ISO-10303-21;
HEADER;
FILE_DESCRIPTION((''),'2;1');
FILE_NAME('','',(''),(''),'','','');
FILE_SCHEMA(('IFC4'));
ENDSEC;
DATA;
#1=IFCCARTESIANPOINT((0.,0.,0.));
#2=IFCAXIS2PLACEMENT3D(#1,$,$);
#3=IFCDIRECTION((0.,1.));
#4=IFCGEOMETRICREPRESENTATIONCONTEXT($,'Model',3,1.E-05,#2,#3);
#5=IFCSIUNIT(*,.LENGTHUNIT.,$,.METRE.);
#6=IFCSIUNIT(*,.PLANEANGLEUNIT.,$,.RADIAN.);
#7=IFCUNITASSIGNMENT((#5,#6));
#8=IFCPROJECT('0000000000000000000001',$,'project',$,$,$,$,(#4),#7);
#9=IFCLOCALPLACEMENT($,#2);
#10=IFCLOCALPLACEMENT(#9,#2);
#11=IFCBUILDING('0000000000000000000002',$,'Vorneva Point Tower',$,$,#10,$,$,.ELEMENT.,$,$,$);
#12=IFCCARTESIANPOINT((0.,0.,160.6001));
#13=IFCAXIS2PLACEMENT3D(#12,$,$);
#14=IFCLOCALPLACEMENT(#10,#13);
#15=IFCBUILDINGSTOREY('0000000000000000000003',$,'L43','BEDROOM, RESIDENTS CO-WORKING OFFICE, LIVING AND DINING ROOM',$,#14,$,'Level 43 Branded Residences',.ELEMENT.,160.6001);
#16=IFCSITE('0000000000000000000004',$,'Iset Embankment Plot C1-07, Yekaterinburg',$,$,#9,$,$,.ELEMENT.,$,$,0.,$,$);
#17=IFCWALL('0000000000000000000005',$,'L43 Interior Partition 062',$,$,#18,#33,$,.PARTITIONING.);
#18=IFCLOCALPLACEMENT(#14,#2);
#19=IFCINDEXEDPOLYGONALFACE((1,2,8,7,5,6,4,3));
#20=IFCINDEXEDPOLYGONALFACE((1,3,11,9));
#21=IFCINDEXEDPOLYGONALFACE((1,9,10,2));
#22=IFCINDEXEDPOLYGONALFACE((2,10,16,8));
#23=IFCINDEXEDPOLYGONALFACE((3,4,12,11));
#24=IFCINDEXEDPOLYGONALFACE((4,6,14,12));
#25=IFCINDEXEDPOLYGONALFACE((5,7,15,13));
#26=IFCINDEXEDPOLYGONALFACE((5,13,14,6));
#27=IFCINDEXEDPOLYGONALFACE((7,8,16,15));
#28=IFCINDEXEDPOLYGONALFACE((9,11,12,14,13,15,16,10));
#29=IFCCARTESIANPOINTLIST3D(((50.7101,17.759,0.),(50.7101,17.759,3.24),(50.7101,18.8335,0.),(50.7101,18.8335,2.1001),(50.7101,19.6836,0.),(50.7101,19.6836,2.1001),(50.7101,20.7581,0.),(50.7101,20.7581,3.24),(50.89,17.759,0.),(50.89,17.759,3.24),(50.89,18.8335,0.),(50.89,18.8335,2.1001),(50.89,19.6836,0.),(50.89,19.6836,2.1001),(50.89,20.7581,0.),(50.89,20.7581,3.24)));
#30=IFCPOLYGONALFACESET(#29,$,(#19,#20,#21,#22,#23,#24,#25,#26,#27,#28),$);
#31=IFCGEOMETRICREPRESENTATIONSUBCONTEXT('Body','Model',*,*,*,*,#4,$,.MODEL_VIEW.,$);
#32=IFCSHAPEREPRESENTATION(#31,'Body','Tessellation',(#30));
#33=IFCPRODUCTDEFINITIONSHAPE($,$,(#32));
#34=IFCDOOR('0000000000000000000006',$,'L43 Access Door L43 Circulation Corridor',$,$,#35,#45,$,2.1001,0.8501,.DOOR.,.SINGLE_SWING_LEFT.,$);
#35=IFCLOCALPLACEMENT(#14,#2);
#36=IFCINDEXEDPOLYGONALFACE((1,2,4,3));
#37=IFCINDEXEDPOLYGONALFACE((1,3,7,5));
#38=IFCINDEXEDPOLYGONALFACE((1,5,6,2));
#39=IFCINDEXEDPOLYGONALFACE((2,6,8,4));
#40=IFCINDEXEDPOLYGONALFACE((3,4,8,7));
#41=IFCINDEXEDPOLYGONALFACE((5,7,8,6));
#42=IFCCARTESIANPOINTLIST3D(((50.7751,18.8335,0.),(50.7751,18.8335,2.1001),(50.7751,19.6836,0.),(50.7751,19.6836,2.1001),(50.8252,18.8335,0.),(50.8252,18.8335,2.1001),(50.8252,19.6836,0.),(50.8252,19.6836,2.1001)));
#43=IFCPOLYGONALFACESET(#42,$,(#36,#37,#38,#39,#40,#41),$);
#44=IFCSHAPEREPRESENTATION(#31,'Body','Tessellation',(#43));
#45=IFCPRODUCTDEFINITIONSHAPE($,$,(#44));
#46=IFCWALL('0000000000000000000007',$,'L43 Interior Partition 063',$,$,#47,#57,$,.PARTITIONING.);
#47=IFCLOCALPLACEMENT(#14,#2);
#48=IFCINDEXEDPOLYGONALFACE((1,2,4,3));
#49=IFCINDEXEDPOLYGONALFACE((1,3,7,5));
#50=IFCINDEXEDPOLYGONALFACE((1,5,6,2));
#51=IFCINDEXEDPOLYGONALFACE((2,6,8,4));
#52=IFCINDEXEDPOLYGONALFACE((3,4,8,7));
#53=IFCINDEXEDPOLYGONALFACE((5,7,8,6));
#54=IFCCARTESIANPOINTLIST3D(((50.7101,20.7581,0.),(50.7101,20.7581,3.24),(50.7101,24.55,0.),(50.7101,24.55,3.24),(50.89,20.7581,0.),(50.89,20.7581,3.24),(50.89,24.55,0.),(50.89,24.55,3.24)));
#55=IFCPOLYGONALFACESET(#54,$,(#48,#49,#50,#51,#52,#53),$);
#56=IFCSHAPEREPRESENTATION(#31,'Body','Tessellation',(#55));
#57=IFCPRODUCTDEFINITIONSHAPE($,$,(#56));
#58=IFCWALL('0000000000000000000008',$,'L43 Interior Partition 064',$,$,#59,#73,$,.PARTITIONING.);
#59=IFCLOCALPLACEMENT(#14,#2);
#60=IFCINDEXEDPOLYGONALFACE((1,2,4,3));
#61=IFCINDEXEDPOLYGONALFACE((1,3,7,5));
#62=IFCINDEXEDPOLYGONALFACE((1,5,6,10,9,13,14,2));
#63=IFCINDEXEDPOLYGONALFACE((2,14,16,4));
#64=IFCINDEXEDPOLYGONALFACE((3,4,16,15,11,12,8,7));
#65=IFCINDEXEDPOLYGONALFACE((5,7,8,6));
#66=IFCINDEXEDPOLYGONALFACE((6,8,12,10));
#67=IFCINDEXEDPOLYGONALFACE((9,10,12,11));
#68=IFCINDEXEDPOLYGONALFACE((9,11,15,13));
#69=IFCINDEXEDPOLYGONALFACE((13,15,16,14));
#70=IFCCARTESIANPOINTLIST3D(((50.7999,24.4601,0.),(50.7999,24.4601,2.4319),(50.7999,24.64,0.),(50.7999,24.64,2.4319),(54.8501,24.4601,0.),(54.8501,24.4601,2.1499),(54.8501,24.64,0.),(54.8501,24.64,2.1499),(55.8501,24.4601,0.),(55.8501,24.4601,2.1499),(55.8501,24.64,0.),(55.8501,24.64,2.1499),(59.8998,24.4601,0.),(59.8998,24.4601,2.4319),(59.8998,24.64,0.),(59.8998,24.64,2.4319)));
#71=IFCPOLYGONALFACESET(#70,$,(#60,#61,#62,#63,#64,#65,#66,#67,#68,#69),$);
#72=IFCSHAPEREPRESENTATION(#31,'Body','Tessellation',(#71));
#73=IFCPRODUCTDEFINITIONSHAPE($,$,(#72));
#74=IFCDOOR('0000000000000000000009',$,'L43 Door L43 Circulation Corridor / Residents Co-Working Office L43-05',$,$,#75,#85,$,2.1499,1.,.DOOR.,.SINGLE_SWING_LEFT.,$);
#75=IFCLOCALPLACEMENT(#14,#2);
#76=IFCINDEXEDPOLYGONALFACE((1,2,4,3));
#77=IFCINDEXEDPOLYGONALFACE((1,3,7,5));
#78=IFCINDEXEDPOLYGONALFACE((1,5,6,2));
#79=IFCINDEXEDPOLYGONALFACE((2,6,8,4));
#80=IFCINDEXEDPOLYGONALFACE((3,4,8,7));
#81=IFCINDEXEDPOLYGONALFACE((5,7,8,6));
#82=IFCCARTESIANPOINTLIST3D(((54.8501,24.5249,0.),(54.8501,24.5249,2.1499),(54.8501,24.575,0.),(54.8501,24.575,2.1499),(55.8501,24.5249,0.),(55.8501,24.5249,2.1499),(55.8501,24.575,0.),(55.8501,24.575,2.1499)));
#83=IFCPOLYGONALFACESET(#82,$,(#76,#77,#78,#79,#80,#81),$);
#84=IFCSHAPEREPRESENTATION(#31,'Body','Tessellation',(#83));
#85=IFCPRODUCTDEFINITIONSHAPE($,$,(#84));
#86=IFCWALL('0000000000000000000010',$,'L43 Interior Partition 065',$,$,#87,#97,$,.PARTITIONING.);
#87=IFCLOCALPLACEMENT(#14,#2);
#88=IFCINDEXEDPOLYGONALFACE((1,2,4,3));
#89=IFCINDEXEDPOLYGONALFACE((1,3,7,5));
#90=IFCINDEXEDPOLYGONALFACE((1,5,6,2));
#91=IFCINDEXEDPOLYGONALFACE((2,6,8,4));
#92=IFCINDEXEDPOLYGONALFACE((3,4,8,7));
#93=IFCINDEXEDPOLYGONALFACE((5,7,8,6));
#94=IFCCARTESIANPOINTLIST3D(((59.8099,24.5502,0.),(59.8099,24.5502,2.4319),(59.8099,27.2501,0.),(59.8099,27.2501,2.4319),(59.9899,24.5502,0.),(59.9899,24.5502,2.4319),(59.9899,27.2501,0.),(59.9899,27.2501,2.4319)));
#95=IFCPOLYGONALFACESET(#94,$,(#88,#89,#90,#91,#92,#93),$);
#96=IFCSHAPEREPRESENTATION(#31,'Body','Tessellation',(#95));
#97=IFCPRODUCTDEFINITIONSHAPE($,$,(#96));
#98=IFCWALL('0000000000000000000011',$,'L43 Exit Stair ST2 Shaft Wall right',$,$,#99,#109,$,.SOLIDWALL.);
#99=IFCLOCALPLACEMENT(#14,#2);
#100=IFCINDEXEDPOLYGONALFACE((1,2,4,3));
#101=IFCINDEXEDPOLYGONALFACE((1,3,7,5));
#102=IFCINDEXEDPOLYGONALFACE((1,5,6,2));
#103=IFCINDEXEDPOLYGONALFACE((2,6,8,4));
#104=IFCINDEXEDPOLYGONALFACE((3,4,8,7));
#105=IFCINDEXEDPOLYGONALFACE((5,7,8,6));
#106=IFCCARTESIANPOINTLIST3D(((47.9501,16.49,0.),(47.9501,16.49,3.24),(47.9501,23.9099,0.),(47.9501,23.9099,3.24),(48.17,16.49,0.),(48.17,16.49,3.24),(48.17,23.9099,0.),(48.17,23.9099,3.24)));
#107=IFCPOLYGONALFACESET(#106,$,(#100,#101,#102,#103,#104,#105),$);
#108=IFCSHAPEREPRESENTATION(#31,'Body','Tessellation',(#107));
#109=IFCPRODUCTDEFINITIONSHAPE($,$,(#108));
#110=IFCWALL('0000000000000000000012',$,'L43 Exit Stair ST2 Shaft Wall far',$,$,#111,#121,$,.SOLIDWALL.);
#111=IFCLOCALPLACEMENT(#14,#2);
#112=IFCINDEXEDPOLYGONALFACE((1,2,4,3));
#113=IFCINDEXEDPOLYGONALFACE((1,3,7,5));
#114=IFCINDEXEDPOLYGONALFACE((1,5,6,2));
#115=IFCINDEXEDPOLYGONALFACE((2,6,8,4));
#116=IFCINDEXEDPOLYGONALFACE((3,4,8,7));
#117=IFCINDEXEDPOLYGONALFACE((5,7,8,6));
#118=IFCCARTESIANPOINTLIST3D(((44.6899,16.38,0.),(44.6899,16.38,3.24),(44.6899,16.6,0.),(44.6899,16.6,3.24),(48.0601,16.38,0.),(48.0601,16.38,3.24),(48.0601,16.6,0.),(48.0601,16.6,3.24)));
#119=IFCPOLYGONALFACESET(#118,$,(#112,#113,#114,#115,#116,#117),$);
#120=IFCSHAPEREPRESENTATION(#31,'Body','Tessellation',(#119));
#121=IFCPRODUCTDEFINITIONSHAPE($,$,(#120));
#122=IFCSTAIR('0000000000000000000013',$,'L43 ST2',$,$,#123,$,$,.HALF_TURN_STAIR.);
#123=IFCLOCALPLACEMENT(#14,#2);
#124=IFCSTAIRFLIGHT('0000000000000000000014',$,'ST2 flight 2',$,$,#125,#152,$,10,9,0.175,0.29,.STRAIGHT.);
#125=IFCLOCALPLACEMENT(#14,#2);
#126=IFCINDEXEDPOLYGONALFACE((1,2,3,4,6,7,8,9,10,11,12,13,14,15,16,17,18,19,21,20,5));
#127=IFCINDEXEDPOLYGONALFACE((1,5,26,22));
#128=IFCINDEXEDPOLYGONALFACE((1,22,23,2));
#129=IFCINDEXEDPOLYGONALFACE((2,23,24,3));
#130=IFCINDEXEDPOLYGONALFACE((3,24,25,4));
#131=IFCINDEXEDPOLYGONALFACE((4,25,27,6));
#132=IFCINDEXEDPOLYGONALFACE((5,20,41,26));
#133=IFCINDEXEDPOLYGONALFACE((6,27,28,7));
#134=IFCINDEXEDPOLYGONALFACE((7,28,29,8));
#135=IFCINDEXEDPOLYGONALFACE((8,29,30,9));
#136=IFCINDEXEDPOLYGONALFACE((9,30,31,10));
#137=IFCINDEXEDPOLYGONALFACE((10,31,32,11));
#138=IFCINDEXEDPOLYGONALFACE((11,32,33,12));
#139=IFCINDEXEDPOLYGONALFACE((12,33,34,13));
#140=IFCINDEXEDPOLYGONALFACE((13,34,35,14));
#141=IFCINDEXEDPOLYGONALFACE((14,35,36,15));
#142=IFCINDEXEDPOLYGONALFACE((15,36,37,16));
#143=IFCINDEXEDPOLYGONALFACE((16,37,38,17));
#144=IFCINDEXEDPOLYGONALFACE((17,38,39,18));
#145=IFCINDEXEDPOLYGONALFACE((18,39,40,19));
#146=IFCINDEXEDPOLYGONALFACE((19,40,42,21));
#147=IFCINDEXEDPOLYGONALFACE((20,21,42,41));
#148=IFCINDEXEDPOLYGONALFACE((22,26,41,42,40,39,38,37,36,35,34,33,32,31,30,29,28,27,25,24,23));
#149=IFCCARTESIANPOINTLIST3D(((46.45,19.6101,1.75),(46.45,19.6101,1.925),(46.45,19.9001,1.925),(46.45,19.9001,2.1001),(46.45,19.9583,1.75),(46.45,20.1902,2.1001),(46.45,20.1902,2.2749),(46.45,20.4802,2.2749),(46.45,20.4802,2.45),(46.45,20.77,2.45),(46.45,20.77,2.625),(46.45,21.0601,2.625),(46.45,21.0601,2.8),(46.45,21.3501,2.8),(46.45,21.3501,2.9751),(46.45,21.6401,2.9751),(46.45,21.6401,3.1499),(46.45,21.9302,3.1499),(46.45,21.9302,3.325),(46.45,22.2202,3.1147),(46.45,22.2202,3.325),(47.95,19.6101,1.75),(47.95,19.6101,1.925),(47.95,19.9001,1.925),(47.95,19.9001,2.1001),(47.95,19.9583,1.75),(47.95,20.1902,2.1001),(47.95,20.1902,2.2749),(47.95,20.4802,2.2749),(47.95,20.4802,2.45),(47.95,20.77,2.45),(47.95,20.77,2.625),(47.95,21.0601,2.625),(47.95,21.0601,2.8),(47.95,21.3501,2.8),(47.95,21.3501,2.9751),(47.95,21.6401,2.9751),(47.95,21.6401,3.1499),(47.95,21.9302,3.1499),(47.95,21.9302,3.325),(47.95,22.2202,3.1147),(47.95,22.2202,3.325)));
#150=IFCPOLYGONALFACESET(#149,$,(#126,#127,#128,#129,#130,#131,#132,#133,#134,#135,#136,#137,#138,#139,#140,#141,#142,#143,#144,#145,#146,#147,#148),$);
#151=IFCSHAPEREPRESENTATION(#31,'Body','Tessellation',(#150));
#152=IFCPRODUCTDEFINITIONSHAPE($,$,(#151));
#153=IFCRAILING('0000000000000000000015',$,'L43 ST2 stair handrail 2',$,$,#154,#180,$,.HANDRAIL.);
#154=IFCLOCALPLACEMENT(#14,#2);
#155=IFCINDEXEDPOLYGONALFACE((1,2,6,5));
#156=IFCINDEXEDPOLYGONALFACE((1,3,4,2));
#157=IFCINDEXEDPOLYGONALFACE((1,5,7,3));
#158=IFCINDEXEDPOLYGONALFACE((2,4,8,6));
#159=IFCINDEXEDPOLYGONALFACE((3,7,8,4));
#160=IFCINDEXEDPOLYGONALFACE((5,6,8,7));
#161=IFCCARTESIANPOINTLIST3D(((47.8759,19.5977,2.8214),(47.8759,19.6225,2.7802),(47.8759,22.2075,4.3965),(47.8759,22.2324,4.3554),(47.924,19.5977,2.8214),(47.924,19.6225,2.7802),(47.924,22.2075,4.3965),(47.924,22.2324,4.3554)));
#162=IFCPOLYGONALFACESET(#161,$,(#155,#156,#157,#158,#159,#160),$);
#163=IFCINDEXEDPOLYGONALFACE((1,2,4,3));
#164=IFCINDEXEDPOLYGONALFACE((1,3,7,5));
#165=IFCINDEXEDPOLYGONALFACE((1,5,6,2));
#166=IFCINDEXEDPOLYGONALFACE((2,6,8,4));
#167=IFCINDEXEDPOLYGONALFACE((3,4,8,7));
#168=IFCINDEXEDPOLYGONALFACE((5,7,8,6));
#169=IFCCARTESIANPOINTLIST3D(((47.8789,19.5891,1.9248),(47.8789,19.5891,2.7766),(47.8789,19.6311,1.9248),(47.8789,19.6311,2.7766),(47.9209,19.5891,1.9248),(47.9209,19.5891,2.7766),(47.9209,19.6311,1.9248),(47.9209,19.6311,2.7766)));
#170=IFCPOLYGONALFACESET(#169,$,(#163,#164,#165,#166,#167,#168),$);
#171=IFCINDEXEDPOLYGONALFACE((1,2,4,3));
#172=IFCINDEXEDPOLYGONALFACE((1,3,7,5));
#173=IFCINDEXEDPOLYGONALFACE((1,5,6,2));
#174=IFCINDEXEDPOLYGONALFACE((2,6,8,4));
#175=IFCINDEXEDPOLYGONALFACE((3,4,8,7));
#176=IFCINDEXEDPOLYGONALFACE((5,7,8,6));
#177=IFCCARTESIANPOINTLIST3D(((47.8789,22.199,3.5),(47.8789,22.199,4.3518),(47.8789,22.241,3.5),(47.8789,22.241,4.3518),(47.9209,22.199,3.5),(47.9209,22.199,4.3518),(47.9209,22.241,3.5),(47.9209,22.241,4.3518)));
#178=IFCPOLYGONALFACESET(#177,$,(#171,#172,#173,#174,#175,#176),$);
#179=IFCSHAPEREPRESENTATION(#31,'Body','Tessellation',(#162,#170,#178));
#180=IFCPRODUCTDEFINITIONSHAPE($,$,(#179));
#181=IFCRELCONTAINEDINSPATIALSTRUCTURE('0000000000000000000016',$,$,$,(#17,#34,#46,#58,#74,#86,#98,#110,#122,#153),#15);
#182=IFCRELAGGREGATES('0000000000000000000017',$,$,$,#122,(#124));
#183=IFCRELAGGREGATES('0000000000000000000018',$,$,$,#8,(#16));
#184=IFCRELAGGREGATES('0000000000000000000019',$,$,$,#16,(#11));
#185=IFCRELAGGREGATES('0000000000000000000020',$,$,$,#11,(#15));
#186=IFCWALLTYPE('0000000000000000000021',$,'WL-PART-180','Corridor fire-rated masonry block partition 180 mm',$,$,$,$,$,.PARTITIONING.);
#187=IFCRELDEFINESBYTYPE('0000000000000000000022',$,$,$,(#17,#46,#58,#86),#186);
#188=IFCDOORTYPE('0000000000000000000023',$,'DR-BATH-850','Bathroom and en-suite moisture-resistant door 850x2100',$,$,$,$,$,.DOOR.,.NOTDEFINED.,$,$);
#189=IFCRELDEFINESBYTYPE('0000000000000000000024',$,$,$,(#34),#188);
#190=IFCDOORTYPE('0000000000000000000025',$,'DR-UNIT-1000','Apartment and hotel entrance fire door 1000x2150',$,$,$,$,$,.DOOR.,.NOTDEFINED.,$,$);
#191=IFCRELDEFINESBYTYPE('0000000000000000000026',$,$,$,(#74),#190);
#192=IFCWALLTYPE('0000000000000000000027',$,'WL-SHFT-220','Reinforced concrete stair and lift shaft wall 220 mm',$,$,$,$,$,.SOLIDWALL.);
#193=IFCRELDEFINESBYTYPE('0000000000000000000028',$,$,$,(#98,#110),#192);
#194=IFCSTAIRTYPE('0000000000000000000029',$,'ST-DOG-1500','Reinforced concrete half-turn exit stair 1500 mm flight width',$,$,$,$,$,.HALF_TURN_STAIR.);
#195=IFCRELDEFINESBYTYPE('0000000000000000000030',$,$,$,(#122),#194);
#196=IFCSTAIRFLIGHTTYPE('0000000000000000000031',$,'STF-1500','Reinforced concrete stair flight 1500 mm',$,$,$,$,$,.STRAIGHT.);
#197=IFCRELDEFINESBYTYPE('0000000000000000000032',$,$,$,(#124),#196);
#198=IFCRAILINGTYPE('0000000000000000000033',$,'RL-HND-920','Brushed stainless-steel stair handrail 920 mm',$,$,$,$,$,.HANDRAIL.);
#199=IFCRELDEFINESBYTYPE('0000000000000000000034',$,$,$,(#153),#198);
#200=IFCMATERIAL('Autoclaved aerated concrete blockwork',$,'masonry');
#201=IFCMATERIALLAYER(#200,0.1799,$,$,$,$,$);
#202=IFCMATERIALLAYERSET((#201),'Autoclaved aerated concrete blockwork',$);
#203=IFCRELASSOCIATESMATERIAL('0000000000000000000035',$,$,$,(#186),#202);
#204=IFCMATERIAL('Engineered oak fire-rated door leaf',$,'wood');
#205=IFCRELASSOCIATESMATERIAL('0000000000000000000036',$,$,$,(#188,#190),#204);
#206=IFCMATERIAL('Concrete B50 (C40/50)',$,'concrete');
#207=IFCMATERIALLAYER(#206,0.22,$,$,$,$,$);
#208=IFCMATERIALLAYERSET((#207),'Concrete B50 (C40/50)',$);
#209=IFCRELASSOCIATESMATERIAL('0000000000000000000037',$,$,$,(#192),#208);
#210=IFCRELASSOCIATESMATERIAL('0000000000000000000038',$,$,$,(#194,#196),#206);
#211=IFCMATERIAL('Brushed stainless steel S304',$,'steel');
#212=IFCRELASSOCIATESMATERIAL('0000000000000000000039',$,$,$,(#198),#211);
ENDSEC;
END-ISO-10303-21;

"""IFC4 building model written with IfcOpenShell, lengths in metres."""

from ifc_helpers import new_model, si_unit, direction, frame, frame_2d, origin, origin_2d, place, context, subcontext, project, spatial, polyline, rectangle, outline, extrude, material, layer, layer_set, type_object, element, fill, aggregate, save


model = new_model("IFC4")

# Units and contexts
model_context = context("Model", 3, precision=1e-05, world=origin(), true_north=direction((0.0, 1.0)))
body_context = subcontext(model_context, "Body", "Model", "MODEL_VIEW")
ifc_project = project(units=[si_unit("LENGTHUNIT", "METRE"), si_unit("PLANEANGLEUNIT", "RADIAN")], contexts=[model_context])

# Site, building, storey
site_placement = place(None, origin())
site = spatial("IfcSite", under=ifc_project, at=site_placement, Name="Iset Embankment Plot C1-07, Yekaterinburg", CompositionType="ELEMENT", RefElevation=0.0)
building_placement = place(site_placement, origin())
building = spatial("IfcBuilding", under=site, at=building_placement, Name="Vorneva Point Tower", CompositionType="ELEMENT")
storey_placement = place(building_placement, frame((0.0, 0.0, 160.6001)))
storey = spatial("IfcBuildingStorey", under=building, at=storey_placement, Name="L43", Description="BEDROOM, RESIDENTS CO-WORKING OFFICE, LIVING AND DINING ROOM", LongName="Level 43 Branded Residences", CompositionType="ELEMENT", Elevation=160.6001)

# Wall, opening, door
ifc_material_1 = material(Name="Autoclaved aerated concrete blockwork", Category="masonry")
ifc_layer_1 = layer(ifc_material_1, 0.1799)
ifc_layer_set_1 = layer_set([ifc_layer_1], Name="Autoclaved aerated concrete blockwork")
wall_type_1 = type_object("IfcWallType", Name="WL-PART-180", Description="Corridor fire-rated masonry block partition 180 mm", PredefinedType="PARTITIONING", material=ifc_layer_set_1)
wall_1_placement = place(storey_placement, frame((50.8, 17.759, 0.0), z_axis=(0.0, 0.0, 1.0), x_axis=(0.0, 1.0, 0.0)))
wall_1 = element("IfcWall", 1, at=wall_1_placement, inside=storey, type_object=wall_type_1, Name="L43 Interior Partition 062", PredefinedType="PARTITIONING", context=body_context, shape_type="SweptSolid", body=[
    extrude(rectangle(XDim=2.999, YDim=0.1799, at=frame_2d((1.4995, 0.0))), origin(), (0.0, 0.0, 1.0), 3.24),
])
opening_1_placement = place(wall_1_placement, frame((1.0745, 0.0, 0.0)))
opening_1 = element("IfcOpeningElement", 2, at=opening_1_placement, cuts=wall_1, PredefinedType="OPENING", context=body_context, shape_type="SweptSolid", body=[
    extrude(rectangle(XDim=0.8501, YDim=2.1001, at=frame_2d((0.425, 1.05))), frame((0.0, 0.105, 0.0), z_axis=(0.0, -1.0, 0.0), x_axis=(1.0, 0.0, 0.0)), (0.0, 0.0, 1.0), 0.2097),
])
ifc_material_2 = material(Name="Engineered oak fire-rated door leaf", Category="wood")
door_type_1 = type_object("IfcDoorType", Name="DR-BATH-850", Description="Bathroom and en-suite moisture-resistant door 850x2100", OperationType="NOTDEFINED", PredefinedType="DOOR", material=ifc_material_2)
door_1_placement = place(opening_1_placement, origin())
door_1 = element("IfcDoor", 3, at=door_1_placement, inside=storey, type_object=door_type_1, Name="L43 Access Door L43 Circulation Corridor", OperationType="SINGLE_SWING_LEFT", OverallHeight=2.1001, OverallWidth=0.8501, PredefinedType="DOOR", context=body_context, shape_type="SweptSolid", body=[
    extrude(rectangle(XDim=0.8501, YDim=2.1001, at=frame_2d((0.425, 1.05))), frame((0.0, 0.0249, 0.0), z_axis=(0.0, -1.0, 0.0), x_axis=(1.0, 0.0, 0.0)), (0.0, 0.0, 1.0), 0.05),
])
fill(opening_1, door_1)

# Wall
wall_2_placement = place(storey_placement, frame((50.8, 20.7581, 0.0), z_axis=(0.0, 0.0, 1.0), x_axis=(0.0, 1.0, 0.0)))
element("IfcWall", 4, at=wall_2_placement, inside=storey, type_object=wall_type_1, Name="L43 Interior Partition 063", PredefinedType="PARTITIONING", context=body_context, shape_type="SweptSolid", body=[
    extrude(rectangle(XDim=3.792, YDim=0.1799, at=frame_2d((1.896, 0.0))), origin(), (0.0, 0.0, 1.0), 3.24),
])

# Wall, opening, door
wall_3_placement = place(storey_placement, frame((50.8, 24.55, 0.0), z_axis=(0.0, 0.0, 1.0), x_axis=(1.0, 0.0, 0.0)))
wall_3 = element("IfcWall", 5, at=wall_3_placement, inside=storey, type_object=wall_type_1, Name="L43 Interior Partition 064", PredefinedType="PARTITIONING", context=body_context, shape_type="SweptSolid", body=[
    extrude(rectangle(XDim=9.0999, YDim=0.1799, at=frame_2d((4.5498, 0.0))), origin(), (0.0, 0.0, 1.0), 2.4319),
])
opening_2_placement = place(wall_3_placement, frame((4.05, 0.0, 0.0)))
opening_2 = element("IfcOpeningElement", 6, at=opening_2_placement, cuts=wall_3, PredefinedType="OPENING", context=body_context, shape_type="SweptSolid", body=[
    extrude(rectangle(XDim=1.0, YDim=2.1499, at=frame_2d((0.5, 1.075))), frame((0.0, 0.105, 0.0), z_axis=(0.0, -1.0, 0.0), x_axis=(1.0, 0.0, 0.0)), (0.0, 0.0, 1.0), 0.2097),
])
door_type_2 = type_object("IfcDoorType", Name="DR-UNIT-1000", Description="Apartment and hotel entrance fire door 1000x2150", OperationType="NOTDEFINED", PredefinedType="DOOR", material=ifc_material_2)
door_2_placement = place(opening_2_placement, origin())
door_2 = element("IfcDoor", 7, at=door_2_placement, inside=storey, type_object=door_type_2, Name="L43 Door L43 Circulation Corridor / Residents Co-Working Office L43-05", OperationType="SINGLE_SWING_LEFT", OverallHeight=2.1499, OverallWidth=1.0, PredefinedType="DOOR", context=body_context, shape_type="SweptSolid", body=[
    extrude(rectangle(XDim=1.0, YDim=2.1499, at=frame_2d((0.5, 1.075))), frame((0.0, 0.0249, 0.0), z_axis=(0.0, -1.0, 0.0), x_axis=(1.0, 0.0, 0.0)), (0.0, 0.0, 1.0), 0.05),
])
fill(opening_2, door_2)

# Walls
wall_4_placement = place(storey_placement, frame((59.8999, 24.55, 0.0), z_axis=(0.0, 0.0, 1.0), x_axis=(0.0, 1.0, 0.0)))
element("IfcWall", 8, at=wall_4_placement, inside=storey, type_object=wall_type_1, Name="L43 Interior Partition 065", PredefinedType="PARTITIONING", context=body_context, shape_type="SweptSolid", body=[
    extrude(rectangle(XDim=2.7, YDim=0.1799, at=frame_2d((1.3501, 0.0))), origin(), (0.0, 0.0, 1.0), 2.4319),
])
ifc_material_3 = material(Name="Concrete B50 (C40/50)", Category="concrete")
ifc_layer_2 = layer(ifc_material_3, 0.22)
ifc_layer_set_2 = layer_set([ifc_layer_2], Name="Concrete B50 (C40/50)")
wall_type_2 = type_object("IfcWallType", Name="WL-SHFT-220", Description="Reinforced concrete stair and lift shaft wall 220 mm", PredefinedType="SOLIDWALL", material=ifc_layer_set_2)
wall_5_placement = place(storey_placement, frame((48.0601, 23.9099, 0.0), z_axis=(0.0, 0.0, 1.0), x_axis=(0.0, -1.0, 0.0)))
element("IfcWall", 9, at=wall_5_placement, inside=storey, type_object=wall_type_2, Name="L43 Exit Stair ST2 Shaft Wall right", PredefinedType="SOLIDWALL", context=body_context, shape_type="SweptSolid", body=[
    extrude(rectangle(XDim=7.4199, YDim=0.22, at=frame_2d((3.71, 0.0))), origin(), (0.0, 0.0, 1.0), 3.24),
])
wall_6_placement = place(storey_placement, frame((48.0601, 16.49, 0.0), z_axis=(0.0, 0.0, 1.0), x_axis=(-1.0, 0.0, 0.0)))
element("IfcWall", 10, at=wall_6_placement, inside=storey, type_object=wall_type_2, Name="L43 Exit Stair ST2 Shaft Wall far", PredefinedType="SOLIDWALL", context=body_context, shape_type="SweptSolid", body=[
    extrude(rectangle(XDim=3.3701, YDim=0.22, at=frame_2d((1.6851, 0.0))), origin(), (0.0, 0.0, 1.0), 3.24),
])

# Stair, stair flight
stair_type = type_object("IfcStairType", Name="ST-DOG-1500", Description="Reinforced concrete half-turn exit stair 1500 mm flight width", PredefinedType="HALF_TURN_STAIR", material=ifc_material_3)
stair_placement = place(storey_placement, origin())
stair = element("IfcStair", 11, at=stair_placement, inside=storey, type_object=stair_type, Name="L43 ST2", PredefinedType="HALF_TURN_STAIR")
stair_flight_type = type_object("IfcStairFlightType", Name="STF-1500", Description="Reinforced concrete stair flight 1500 mm", PredefinedType="STRAIGHT", material=ifc_material_3)
stair_flight_placement = place(storey_placement, frame((47.2, 19.6101, 1.75), z_axis=(0.0, 0.0, 1.0), x_axis=(0.0, 1.0, 0.0)))
stair_flight = element("IfcStairFlight", 12, at=stair_flight_placement, type_object=stair_flight_type, Name="ST2 flight 2", NumberOfRisers=10, NumberOfTreads=9, PredefinedType="STRAIGHT", RiserHeight=0.175, TreadLength=0.29, context=body_context, shape_type="SweptSolid", body=[
    extrude(outline(polyline([(0.0, 0.0), (0.0, 0.175), (0.29, 0.175), (0.29, 0.3501), (0.5801, 0.3501), (0.5801, 0.5249), (0.8701, 0.5249), (0.8701, 0.7), (1.1599, 0.7), (1.1599, 0.875), (1.45, 0.875), (1.45, 1.05), (1.74, 1.05), (1.74, 1.2251), (2.03, 1.2251), (2.03, 1.3999), (2.3201, 1.3999), (2.3201, 1.575), (2.6101, 1.575), (2.6101, 1.75), (2.6101, 1.3647), (0.3481, 0.0), (0.0, 0.0)])), frame((0.0, 0.75, 0.0), z_axis=(0.0, -1.0, 0.0), x_axis=(1.0, 0.0, 0.0)), (0.0, 0.0, 1.0), 1.5),
])
aggregate(stair, [stair_flight])

# Railing
ifc_material_4 = material(Name="Brushed stainless steel S304", Category="steel")
railing_type = type_object("IfcRailingType", Name="RL-HND-920", Description="Brushed stainless-steel stair handrail 920 mm", PredefinedType="HANDRAIL", material=ifc_material_4)
railing_placement = place(storey_placement, frame((47.8999, 19.6101, 1.9248)))
element("IfcRailing", 13, at=railing_placement, inside=storey, type_object=railing_type, Name="L43 ST2 stair handrail 2", PredefinedType="HANDRAIL", context=body_context, shape_type="SweptSolid", body=[
    extrude(rectangle(XDim=0.0481, YDim=0.0481, at=origin_2d()), frame((0.0, 0.0, 0.876), z_axis=(0.0, 0.856147, 0.516732), x_axis=(-1.0, 0.0, 0.0)), (0.0, 0.0, 1.0), 3.0483),
    extrude(rectangle(XDim=0.042, YDim=0.042, at=origin_2d()), origin(), (0.0, 0.0, 1.0), 0.8518),
    extrude(rectangle(XDim=0.042, YDim=0.042, at=origin_2d()), frame((0.0, 2.6099, 1.5752)), (0.0, 0.0, 1.0), 0.8518),
])

save(model, "model.ifc")
